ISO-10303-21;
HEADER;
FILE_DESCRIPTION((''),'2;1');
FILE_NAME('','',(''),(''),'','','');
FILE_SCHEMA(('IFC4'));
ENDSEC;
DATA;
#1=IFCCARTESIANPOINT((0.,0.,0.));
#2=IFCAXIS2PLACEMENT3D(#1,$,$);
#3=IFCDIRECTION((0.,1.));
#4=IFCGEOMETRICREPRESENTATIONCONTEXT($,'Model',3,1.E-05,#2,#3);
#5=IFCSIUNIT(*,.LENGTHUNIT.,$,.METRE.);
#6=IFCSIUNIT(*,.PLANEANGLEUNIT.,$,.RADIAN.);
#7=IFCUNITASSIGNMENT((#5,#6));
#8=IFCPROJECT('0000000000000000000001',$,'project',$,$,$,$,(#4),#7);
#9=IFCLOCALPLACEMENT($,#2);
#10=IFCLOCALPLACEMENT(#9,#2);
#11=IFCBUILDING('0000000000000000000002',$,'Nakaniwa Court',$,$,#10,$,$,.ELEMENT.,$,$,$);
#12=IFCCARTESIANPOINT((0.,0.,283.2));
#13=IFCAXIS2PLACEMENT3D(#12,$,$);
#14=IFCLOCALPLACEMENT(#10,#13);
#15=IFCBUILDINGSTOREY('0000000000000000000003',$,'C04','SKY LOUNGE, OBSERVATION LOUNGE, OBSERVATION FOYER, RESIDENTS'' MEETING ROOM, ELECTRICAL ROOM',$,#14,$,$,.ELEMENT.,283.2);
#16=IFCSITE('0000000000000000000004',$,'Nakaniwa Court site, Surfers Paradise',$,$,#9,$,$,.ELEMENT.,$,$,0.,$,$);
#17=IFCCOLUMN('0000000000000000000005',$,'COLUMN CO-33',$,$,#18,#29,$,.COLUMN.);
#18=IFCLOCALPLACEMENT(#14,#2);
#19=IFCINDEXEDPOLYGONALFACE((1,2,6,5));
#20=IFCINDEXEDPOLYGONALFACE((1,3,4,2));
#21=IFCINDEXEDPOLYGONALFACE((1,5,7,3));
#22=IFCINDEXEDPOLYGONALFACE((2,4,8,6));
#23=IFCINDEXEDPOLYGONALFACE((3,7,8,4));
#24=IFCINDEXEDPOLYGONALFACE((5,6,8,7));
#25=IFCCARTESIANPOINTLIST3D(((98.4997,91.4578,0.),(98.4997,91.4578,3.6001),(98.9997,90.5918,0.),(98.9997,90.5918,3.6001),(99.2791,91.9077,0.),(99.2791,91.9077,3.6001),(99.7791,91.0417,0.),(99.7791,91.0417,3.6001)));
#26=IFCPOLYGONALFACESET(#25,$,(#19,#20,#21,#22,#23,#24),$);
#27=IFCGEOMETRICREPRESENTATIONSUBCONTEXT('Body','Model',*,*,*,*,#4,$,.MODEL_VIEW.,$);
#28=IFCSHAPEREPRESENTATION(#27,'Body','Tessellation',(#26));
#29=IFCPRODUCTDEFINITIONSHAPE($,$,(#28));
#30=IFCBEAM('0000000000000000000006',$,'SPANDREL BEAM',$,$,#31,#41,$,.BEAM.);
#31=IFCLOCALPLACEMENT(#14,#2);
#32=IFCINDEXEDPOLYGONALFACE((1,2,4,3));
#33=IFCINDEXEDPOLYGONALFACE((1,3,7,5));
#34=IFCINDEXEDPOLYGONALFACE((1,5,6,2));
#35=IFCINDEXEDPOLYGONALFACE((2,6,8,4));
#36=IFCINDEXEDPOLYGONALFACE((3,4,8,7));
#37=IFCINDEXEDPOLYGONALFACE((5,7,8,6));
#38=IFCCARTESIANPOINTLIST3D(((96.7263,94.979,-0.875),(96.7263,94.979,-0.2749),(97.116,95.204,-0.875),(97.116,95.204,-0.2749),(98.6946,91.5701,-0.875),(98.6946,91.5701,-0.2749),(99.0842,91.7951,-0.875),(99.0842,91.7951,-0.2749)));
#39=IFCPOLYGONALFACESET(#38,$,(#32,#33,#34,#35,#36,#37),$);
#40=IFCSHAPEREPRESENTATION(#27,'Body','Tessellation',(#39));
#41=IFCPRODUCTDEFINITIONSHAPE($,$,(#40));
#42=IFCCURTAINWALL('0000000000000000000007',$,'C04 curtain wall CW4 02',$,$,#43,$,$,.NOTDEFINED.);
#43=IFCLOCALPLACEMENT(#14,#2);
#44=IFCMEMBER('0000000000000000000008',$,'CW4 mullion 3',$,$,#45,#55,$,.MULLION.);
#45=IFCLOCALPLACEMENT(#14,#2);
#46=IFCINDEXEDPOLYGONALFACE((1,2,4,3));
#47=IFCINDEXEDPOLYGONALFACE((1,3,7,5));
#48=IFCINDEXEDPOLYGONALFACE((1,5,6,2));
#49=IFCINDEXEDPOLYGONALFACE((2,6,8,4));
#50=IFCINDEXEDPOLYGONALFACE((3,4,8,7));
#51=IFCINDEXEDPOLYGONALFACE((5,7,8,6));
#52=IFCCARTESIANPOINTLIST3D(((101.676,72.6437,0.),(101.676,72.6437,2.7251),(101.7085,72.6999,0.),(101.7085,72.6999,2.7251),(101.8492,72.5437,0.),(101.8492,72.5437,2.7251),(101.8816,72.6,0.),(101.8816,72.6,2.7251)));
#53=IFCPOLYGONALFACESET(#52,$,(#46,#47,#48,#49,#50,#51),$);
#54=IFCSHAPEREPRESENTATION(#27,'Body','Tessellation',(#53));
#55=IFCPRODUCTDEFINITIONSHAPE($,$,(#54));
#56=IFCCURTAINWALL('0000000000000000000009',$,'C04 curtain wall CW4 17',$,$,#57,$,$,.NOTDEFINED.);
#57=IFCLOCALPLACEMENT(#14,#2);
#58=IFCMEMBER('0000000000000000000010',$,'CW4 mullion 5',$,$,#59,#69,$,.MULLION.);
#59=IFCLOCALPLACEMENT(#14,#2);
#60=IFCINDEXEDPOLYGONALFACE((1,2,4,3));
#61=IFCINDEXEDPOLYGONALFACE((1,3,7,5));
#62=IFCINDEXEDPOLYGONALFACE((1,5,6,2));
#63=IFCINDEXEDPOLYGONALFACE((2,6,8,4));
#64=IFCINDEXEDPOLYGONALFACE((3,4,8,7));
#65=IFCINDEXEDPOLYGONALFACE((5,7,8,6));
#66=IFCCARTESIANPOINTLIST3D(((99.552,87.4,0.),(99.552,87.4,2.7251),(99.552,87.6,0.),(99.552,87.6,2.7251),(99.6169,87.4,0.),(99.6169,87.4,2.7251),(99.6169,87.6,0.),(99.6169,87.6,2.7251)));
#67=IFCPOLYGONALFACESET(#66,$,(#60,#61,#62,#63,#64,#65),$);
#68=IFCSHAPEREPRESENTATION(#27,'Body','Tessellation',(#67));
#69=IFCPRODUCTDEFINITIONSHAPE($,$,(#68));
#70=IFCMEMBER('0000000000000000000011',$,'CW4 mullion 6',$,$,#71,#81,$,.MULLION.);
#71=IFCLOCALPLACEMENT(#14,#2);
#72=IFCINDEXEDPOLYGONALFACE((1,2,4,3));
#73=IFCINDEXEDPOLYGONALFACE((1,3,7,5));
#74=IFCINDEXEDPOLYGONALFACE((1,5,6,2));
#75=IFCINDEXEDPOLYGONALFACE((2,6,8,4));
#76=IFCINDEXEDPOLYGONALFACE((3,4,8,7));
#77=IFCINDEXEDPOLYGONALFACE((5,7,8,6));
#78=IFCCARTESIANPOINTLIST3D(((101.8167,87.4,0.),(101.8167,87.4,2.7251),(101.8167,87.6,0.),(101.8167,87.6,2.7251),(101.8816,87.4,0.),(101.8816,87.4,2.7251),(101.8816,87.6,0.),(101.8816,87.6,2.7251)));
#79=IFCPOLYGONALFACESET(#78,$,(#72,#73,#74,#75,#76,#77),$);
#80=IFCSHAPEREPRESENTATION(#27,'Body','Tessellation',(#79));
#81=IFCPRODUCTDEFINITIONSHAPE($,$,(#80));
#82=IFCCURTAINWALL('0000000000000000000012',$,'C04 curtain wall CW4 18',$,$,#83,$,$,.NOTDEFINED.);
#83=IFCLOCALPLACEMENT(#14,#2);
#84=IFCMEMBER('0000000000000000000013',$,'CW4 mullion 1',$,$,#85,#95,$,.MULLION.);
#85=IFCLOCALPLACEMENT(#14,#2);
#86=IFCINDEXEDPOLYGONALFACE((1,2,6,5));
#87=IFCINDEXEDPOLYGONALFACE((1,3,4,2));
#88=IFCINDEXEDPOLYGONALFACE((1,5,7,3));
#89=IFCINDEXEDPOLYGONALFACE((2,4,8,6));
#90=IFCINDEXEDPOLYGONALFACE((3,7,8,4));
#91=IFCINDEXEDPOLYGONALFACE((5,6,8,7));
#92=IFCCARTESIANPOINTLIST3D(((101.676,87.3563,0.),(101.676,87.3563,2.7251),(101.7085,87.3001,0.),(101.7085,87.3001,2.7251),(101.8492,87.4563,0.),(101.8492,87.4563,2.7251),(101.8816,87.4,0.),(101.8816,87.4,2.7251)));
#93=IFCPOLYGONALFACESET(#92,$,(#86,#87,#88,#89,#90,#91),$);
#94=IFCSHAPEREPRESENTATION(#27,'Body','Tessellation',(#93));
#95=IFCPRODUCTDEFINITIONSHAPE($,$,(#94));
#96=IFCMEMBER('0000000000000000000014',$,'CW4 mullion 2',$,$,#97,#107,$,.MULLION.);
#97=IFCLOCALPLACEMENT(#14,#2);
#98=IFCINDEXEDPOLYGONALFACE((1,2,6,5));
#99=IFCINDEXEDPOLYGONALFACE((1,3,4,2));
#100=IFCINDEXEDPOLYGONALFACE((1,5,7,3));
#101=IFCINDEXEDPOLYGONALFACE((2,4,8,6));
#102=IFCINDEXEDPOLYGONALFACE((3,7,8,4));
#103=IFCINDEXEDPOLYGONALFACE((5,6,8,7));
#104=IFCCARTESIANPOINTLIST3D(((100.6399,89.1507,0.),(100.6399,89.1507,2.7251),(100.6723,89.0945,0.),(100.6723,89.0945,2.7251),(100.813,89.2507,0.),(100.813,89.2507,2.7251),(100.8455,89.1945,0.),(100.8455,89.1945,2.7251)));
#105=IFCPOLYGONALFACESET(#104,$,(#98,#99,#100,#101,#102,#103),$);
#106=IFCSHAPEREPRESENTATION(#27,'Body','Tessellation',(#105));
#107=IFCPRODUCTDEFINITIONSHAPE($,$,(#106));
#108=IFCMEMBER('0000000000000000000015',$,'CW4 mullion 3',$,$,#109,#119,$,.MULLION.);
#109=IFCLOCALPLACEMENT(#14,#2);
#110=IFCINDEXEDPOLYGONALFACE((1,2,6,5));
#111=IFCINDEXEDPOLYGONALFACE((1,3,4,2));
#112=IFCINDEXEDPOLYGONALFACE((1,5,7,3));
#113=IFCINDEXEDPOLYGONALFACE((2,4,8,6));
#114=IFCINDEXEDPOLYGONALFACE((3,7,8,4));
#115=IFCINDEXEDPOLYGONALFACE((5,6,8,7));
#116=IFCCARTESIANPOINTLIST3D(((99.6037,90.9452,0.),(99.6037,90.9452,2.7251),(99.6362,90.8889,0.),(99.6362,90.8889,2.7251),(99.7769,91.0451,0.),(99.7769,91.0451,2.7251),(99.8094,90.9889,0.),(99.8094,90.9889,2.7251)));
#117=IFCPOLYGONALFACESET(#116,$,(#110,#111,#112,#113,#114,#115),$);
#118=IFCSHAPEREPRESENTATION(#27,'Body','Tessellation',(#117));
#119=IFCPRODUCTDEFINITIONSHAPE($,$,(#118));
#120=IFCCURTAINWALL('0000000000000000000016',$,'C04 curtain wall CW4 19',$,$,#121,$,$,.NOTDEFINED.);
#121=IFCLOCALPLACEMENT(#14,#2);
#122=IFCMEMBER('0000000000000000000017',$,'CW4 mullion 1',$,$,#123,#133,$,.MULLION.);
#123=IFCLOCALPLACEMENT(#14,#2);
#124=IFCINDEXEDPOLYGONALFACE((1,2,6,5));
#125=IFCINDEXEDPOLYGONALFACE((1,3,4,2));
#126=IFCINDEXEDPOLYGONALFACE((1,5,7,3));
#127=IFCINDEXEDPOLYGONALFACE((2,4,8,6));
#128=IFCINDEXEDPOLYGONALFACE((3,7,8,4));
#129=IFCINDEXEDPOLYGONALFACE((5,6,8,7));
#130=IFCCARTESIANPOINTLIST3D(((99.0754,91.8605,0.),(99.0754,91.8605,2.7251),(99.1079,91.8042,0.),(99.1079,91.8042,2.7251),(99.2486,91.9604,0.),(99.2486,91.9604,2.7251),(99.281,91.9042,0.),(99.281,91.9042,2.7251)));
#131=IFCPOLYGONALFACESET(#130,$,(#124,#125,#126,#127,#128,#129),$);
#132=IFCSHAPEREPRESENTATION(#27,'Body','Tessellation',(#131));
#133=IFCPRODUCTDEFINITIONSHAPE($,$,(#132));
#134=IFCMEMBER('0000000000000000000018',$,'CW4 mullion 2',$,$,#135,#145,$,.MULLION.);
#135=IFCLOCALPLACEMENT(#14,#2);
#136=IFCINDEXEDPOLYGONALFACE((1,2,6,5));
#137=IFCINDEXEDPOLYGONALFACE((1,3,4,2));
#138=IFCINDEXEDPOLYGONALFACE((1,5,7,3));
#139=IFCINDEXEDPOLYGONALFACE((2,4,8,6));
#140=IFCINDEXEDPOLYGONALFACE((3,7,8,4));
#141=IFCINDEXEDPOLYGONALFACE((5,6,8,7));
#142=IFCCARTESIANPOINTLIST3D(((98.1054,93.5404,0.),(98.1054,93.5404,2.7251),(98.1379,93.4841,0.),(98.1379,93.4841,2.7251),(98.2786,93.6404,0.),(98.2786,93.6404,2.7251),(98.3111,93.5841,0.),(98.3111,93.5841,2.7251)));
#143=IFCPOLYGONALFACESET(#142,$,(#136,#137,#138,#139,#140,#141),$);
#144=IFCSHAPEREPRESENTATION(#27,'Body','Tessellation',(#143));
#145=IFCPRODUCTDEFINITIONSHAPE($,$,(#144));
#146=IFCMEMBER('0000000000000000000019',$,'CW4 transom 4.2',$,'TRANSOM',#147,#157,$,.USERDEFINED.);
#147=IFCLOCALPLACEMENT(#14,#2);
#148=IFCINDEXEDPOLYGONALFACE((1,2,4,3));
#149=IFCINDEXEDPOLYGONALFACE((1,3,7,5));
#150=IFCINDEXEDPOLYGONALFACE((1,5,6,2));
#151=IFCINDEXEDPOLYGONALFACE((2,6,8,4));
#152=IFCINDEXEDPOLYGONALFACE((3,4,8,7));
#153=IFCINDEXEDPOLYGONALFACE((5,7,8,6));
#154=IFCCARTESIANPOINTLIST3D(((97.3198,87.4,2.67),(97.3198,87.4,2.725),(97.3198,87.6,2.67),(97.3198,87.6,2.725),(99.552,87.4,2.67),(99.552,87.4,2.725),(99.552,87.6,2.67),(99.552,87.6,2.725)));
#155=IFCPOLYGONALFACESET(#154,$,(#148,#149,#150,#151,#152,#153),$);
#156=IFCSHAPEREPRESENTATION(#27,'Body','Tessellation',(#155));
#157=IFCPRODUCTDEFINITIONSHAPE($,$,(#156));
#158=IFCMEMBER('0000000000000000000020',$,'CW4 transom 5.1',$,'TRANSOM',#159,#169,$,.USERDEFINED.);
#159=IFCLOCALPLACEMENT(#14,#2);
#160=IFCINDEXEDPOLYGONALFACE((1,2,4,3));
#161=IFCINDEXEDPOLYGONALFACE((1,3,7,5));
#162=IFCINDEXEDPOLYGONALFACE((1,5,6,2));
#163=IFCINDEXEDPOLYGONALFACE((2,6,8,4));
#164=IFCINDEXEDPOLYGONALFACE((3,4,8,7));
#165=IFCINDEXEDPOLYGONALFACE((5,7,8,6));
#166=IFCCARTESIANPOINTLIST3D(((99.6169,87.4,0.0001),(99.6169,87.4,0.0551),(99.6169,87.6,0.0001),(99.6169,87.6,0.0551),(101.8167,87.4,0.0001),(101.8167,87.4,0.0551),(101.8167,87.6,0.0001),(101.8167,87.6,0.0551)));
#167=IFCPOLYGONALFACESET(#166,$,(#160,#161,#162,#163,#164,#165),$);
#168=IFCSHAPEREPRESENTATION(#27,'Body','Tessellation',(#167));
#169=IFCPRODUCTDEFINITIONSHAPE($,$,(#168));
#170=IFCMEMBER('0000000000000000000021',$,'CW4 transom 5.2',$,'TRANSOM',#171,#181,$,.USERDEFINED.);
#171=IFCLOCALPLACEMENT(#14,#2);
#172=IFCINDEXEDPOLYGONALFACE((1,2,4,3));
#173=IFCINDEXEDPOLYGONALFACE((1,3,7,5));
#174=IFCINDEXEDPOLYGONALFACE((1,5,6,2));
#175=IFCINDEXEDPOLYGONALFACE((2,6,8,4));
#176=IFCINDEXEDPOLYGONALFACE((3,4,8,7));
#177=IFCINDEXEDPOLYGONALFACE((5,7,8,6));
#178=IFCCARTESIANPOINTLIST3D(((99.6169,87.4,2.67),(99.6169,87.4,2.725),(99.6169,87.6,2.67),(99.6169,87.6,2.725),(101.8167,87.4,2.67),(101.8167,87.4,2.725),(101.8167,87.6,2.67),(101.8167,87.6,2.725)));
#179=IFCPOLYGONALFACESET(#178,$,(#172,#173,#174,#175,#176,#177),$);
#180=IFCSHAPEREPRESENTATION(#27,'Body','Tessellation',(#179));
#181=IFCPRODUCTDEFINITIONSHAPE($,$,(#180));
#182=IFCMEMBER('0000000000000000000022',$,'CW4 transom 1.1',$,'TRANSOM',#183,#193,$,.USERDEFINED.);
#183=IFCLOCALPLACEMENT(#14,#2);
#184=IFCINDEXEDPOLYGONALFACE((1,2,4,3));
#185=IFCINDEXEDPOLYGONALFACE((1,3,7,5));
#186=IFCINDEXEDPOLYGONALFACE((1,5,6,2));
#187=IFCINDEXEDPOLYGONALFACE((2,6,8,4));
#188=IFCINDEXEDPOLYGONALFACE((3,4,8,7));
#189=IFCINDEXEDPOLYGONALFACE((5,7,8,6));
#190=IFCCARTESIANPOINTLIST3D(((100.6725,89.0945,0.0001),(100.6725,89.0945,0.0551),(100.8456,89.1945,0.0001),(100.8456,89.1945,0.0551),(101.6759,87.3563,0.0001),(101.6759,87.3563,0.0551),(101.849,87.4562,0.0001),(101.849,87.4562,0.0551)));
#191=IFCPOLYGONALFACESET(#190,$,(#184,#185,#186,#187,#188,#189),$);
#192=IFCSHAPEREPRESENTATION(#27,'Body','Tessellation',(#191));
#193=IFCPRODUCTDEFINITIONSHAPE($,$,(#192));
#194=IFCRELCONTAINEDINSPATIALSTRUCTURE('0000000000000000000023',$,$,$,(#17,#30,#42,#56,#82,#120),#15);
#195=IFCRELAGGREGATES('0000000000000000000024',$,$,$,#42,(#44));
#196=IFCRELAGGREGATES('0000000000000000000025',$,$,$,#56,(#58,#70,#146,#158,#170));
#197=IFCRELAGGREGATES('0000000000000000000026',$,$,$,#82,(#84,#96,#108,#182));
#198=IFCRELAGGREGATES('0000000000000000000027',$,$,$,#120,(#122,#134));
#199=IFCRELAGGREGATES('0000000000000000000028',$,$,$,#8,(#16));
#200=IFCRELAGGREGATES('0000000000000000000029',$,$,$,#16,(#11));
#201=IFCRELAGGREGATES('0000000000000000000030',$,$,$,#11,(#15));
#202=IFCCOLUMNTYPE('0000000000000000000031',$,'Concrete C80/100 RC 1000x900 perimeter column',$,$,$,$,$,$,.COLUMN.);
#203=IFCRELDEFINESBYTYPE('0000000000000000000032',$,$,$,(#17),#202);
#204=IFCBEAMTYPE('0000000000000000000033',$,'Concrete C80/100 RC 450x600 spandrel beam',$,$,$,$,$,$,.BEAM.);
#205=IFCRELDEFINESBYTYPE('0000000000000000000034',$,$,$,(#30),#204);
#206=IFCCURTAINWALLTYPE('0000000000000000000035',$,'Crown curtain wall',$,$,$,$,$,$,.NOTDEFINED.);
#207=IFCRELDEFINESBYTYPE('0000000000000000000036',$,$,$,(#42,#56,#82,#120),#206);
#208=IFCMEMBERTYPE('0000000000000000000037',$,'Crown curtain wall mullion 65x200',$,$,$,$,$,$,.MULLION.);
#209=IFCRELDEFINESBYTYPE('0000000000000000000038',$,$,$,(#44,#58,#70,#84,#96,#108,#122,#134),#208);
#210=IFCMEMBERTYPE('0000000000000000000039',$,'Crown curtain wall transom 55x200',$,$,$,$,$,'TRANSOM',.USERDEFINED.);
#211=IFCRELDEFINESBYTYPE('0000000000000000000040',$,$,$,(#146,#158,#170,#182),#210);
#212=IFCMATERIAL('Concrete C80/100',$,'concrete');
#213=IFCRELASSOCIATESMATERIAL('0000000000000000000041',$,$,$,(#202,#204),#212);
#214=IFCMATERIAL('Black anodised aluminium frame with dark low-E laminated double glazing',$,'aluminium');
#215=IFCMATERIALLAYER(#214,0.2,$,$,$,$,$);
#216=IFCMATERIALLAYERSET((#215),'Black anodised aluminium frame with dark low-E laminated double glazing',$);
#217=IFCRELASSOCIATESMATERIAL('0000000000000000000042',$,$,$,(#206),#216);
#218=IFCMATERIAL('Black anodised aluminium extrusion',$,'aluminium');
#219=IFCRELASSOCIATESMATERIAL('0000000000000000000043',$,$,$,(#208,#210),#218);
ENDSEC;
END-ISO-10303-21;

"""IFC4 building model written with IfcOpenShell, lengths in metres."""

from ifc_helpers import new_model, si_unit, direction, frame, origin, origin_2d, place, context, subcontext, project, spatial, rectangle, extrude, material, layer, layer_set, material_profile, profile_set, type_object, element, aggregate, save


model = new_model("IFC4")

# Units and contexts
model_context = context("Model", 3, precision=1e-05, world=origin(), true_north=direction((0.0, 1.0)))
body_context = subcontext(model_context, "Body", "Model", "MODEL_VIEW")
ifc_project = project(units=[si_unit("LENGTHUNIT", "METRE"), si_unit("PLANEANGLEUNIT", "RADIAN")], contexts=[model_context])

# Site, building, storey
site_placement = place(None, origin())
site = spatial("IfcSite", under=ifc_project, at=site_placement, Name="Nakaniwa Court site, Surfers Paradise", CompositionType="ELEMENT", RefElevation=0.0)
building_placement = place(site_placement, origin())
building = spatial("IfcBuilding", under=site, at=building_placement, Name="Nakaniwa Court", CompositionType="ELEMENT")
storey_placement = place(building_placement, frame((0.0, 0.0, 283.2)))
storey = spatial("IfcBuildingStorey", under=building, at=storey_placement, Name="C04", Description="SKY LOUNGE, OBSERVATION LOUNGE, OBSERVATION FOYER, RESIDENTS' MEETING ROOM, ELECTRICAL ROOM", CompositionType="ELEMENT", Elevation=283.2)

# Column
ifc_material_1 = material(Name="Concrete C80/100", Category="concrete")
ifc_material_profile_1 = material_profile(ifc_material_1, rectangle(XDim=1.0, YDim=0.8999, at=origin_2d()), Name="Concrete C80/100 RC 1000x900 perimeter column")
ifc_profile_set_1 = profile_set([ifc_material_profile_1], Name="Concrete C80/100")
column_type = type_object("IfcColumnType", Name="Concrete C80/100 RC 1000x900 perimeter column", PredefinedType="COLUMN", material=ifc_profile_set_1)
column_placement = place(storey_placement, frame((99.1394, 91.2498, 0.0), z_axis=(0.0, 0.0, 1.0), x_axis=(-0.5, 0.866025, 0.0)))
element("IfcColumn", 1, at=column_placement, inside=storey, type_object=column_type, Name="COLUMN CO-33", PredefinedType="COLUMN", context=body_context, shape_type="SweptSolid", body=[
    extrude(rectangle(XDim=1.0, YDim=0.8999, at=origin_2d()), origin(), (0.0, 0.0, 1.0), 3.6001),
])

# Beam
ifc_material_profile_2 = material_profile(ifc_material_1, rectangle(XDim=0.45, YDim=0.6001, at=origin_2d()), Name="Concrete C80/100 RC 450x600 spandrel beam")
ifc_profile_set_2 = profile_set([ifc_material_profile_2], Name="Concrete C80/100")
beam_type = type_object("IfcBeamType", Name="Concrete C80/100 RC 450x600 spandrel beam", PredefinedType="BEAM", material=ifc_profile_set_2)
beam_placement = place(storey_placement, frame((98.8894, 91.6826, -0.575), z_axis=(-0.500021, 0.866013, 0.0), x_axis=(-0.866013, -0.500021, 0.0)))
element("IfcBeam", 2, at=beam_placement, inside=storey, type_object=beam_type, Name="SPANDREL BEAM", PredefinedType="BEAM", context=body_context, shape_type="SweptSolid", body=[
    extrude(rectangle(XDim=0.45, YDim=0.6001, at=origin_2d()), origin(), (0.0, 0.0, 1.0), 3.9363),
])

# Curtain wall, member
ifc_material_2 = material(Name="Black anodised aluminium frame with dark low-E laminated double glazing", Category="aluminium")
ifc_layer_1 = layer(ifc_material_2, 0.2)
ifc_layer_set_1 = layer_set([ifc_layer_1], Name="Black anodised aluminium frame with dark low-E laminated double glazing")
curtain_wall_type = type_object("IfcCurtainWallType", Name="Crown curtain wall", PredefinedType="NOTDEFINED", material=ifc_layer_set_1)
curtain_wall_1_placement = place(storey_placement, origin())
curtain_wall_1 = element("IfcCurtainWall", 3, at=curtain_wall_1_placement, inside=storey, type_object=curtain_wall_type, Name="C04 curtain wall CW4 02", PredefinedType="NOTDEFINED")
ifc_material_3 = material(Name="Black anodised aluminium extrusion", Category="aluminium")
ifc_material_profile_3 = material_profile(ifc_material_3, rectangle(XDim=0.2, YDim=0.0649, at=origin_2d()), Name="Crown curtain wall mullion 65x200")
ifc_profile_set_3 = profile_set([ifc_material_profile_3], Name="Black anodised aluminium extrusion")
member_type_1 = type_object("IfcMemberType", Name="Crown curtain wall mullion 65x200", PredefinedType="MULLION", material=ifc_profile_set_3)
member_1_placement = place(storey_placement, frame((101.7788, 72.6218, 0.0), z_axis=(0.0, 0.0, 1.0), x_axis=(-0.866021, 0.500008, 0.0)))
member_1 = element("IfcMember", 4, at=member_1_placement, type_object=member_type_1, Name="CW4 mullion 3", PredefinedType="MULLION", context=body_context, shape_type="SweptSolid", body=[
    extrude(rectangle(XDim=0.2, YDim=0.0649, at=origin_2d()), origin(), (0.0, 0.0, 1.0), 2.7251),
])
aggregate(curtain_wall_1, [member_1])

# Curtain walls, members
curtain_wall_2_placement = place(storey_placement, origin())
curtain_wall_2 = element("IfcCurtainWall", 5, at=curtain_wall_2_placement, inside=storey, type_object=curtain_wall_type, Name="C04 curtain wall CW4 17", PredefinedType="NOTDEFINED")
member_2_placement = place(storey_placement, frame((99.5845, 87.5, 0.0), z_axis=(0.0, 0.0, 1.0), x_axis=(0.0, 1.0, 0.0)))
member_2 = element("IfcMember", 6, at=member_2_placement, type_object=member_type_1, Name="CW4 mullion 5", PredefinedType="MULLION", context=body_context, shape_type="SweptSolid", body=[
    extrude(rectangle(XDim=0.2, YDim=0.0649, at=origin_2d()), origin(), (0.0, 0.0, 1.0), 2.7251),
])
member_3_placement = place(storey_placement, frame((101.8491, 87.5, 0.0), z_axis=(0.0, 0.0, 1.0), x_axis=(0.0, 1.0, 0.0)))
member_3 = element("IfcMember", 7, at=member_3_placement, type_object=member_type_1, Name="CW4 mullion 6", PredefinedType="MULLION", context=body_context, shape_type="SweptSolid", body=[
    extrude(rectangle(XDim=0.2, YDim=0.0649, at=origin_2d()), origin(), (0.0, 0.0, 1.0), 2.7251),
])
curtain_wall_3_placement = place(storey_placement, origin())
curtain_wall_3 = element("IfcCurtainWall", 8, at=curtain_wall_3_placement, inside=storey, type_object=curtain_wall_type, Name="C04 curtain wall CW4 18", PredefinedType="NOTDEFINED")
member_4_placement = place(storey_placement, frame((101.7788, 87.3782, 0.0), z_axis=(0.0, 0.0, 1.0), x_axis=(-0.866021, -0.500008, 0.0)))
member_4 = element("IfcMember", 9, at=member_4_placement, type_object=member_type_1, Name="CW4 mullion 1", PredefinedType="MULLION", context=body_context, shape_type="SweptSolid", body=[
    extrude(rectangle(XDim=0.2, YDim=0.0649, at=origin_2d()), origin(), (0.0, 0.0, 1.0), 2.7251),
])
member_5_placement = place(storey_placement, frame((100.7427, 89.1726, 0.0), z_axis=(0.0, 0.0, 1.0), x_axis=(-0.866021, -0.500008, 0.0)))
member_5 = element("IfcMember", 10, at=member_5_placement, type_object=member_type_1, Name="CW4 mullion 2", PredefinedType="MULLION", context=body_context, shape_type="SweptSolid", body=[
    extrude(rectangle(XDim=0.2, YDim=0.0649, at=origin_2d()), origin(), (0.0, 0.0, 1.0), 2.7251),
])
member_6_placement = place(storey_placement, frame((99.7065, 90.967, 0.0), z_axis=(0.0, 0.0, 1.0), x_axis=(-0.866021, -0.500008, 0.0)))
member_6 = element("IfcMember", 11, at=member_6_placement, type_object=member_type_1, Name="CW4 mullion 3", PredefinedType="MULLION", context=body_context, shape_type="SweptSolid", body=[
    extrude(rectangle(XDim=0.2, YDim=0.0649, at=origin_2d()), origin(), (0.0, 0.0, 1.0), 2.7251),
])
curtain_wall_4_placement = place(storey_placement, origin())
curtain_wall_4 = element("IfcCurtainWall", 12, at=curtain_wall_4_placement, inside=storey, type_object=curtain_wall_type, Name="C04 curtain wall CW4 19", PredefinedType="NOTDEFINED")
member_7_placement = place(storey_placement, frame((99.1782, 91.8823, 0.0), z_axis=(0.0, 0.0, 1.0), x_axis=(-0.866033, -0.499987, 0.0)))
member_7 = element("IfcMember", 13, at=member_7_placement, type_object=member_type_1, Name="CW4 mullion 1", PredefinedType="MULLION", context=body_context, shape_type="SweptSolid", body=[
    extrude(rectangle(XDim=0.2, YDim=0.0649, at=origin_2d()), origin(), (0.0, 0.0, 1.0), 2.7251),
])
member_8_placement = place(storey_placement, frame((98.2083, 93.5623, 0.0), z_axis=(0.0, 0.0, 1.0), x_axis=(-0.866033, -0.499987, 0.0)))
member_8 = element("IfcMember", 14, at=member_8_placement, type_object=member_type_1, Name="CW4 mullion 2", PredefinedType="MULLION", context=body_context, shape_type="SweptSolid", body=[
    extrude(rectangle(XDim=0.2, YDim=0.0649, at=origin_2d()), origin(), (0.0, 0.0, 1.0), 2.7251),
])

# Members
ifc_material_profile_4 = material_profile(ifc_material_3, rectangle(XDim=0.2, YDim=0.0549, at=origin_2d()), Name="Crown curtain wall transom 55x200")
ifc_profile_set_4 = profile_set([ifc_material_profile_4], Name="Black anodised aluminium extrusion")
member_type_2 = type_object("IfcMemberType", Name="Crown curtain wall transom 55x200", ElementType="TRANSOM", PredefinedType="USERDEFINED", material=ifc_profile_set_4)
member_9_placement = place(storey_placement, frame((97.3198, 87.5, 2.6975), z_axis=(1.0, 0.0, 0.0), x_axis=(0.0, 1.0, 0.0)))
member_9 = element("IfcMember", 15, at=member_9_placement, type_object=member_type_2, Name="CW4 transom 4.2", ObjectType="TRANSOM", PredefinedType="USERDEFINED", context=body_context, shape_type="SweptSolid", body=[
    extrude(rectangle(XDim=0.2, YDim=0.0549, at=origin_2d()), origin(), (0.0, 0.0, 1.0), 2.2322),
])
member_10_placement = place(storey_placement, frame((99.6169, 87.5, 0.0276), z_axis=(1.0, 0.0, 0.0), x_axis=(0.0, 1.0, 0.0)))
member_10 = element("IfcMember", 16, at=member_10_placement, type_object=member_type_2, Name="CW4 transom 5.1", ObjectType="TRANSOM", PredefinedType="USERDEFINED", context=body_context, shape_type="SweptSolid", body=[
    extrude(rectangle(XDim=0.2, YDim=0.0549, at=origin_2d()), origin(), (0.0, 0.0, 1.0), 2.1997),
])
member_11_placement = place(storey_placement, frame((99.6169, 87.5, 2.6975), z_axis=(1.0, 0.0, 0.0), x_axis=(0.0, 1.0, 0.0)))
member_11 = element("IfcMember", 17, at=member_11_placement, type_object=member_type_2, Name="CW4 transom 5.2", ObjectType="TRANSOM", PredefinedType="USERDEFINED", context=body_context, shape_type="SweptSolid", body=[
    extrude(rectangle(XDim=0.2, YDim=0.0549, at=origin_2d()), origin(), (0.0, 0.0, 1.0), 2.1997),
])
member_12_placement = place(storey_placement, frame((101.7625, 87.4062, 0.0276), z_axis=(-0.499933, 0.866064, 0.0), x_axis=(-0.866064, -0.499933, 0.0)))
member_12 = element("IfcMember", 18, at=member_12_placement, type_object=member_type_2, Name="CW4 transom 1.1", ObjectType="TRANSOM", PredefinedType="USERDEFINED", context=body_context, shape_type="SweptSolid", body=[
    extrude(rectangle(XDim=0.2, YDim=0.0549, at=origin_2d()), origin(), (0.0, 0.0, 1.0), 2.0071),
])

aggregate(curtain_wall_2, [member_2, member_3, member_9, member_10, member_11])
aggregate(curtain_wall_3, [member_4, member_5, member_6, member_12])
aggregate(curtain_wall_4, [member_7, member_8])

save(model, "model.ifc")
